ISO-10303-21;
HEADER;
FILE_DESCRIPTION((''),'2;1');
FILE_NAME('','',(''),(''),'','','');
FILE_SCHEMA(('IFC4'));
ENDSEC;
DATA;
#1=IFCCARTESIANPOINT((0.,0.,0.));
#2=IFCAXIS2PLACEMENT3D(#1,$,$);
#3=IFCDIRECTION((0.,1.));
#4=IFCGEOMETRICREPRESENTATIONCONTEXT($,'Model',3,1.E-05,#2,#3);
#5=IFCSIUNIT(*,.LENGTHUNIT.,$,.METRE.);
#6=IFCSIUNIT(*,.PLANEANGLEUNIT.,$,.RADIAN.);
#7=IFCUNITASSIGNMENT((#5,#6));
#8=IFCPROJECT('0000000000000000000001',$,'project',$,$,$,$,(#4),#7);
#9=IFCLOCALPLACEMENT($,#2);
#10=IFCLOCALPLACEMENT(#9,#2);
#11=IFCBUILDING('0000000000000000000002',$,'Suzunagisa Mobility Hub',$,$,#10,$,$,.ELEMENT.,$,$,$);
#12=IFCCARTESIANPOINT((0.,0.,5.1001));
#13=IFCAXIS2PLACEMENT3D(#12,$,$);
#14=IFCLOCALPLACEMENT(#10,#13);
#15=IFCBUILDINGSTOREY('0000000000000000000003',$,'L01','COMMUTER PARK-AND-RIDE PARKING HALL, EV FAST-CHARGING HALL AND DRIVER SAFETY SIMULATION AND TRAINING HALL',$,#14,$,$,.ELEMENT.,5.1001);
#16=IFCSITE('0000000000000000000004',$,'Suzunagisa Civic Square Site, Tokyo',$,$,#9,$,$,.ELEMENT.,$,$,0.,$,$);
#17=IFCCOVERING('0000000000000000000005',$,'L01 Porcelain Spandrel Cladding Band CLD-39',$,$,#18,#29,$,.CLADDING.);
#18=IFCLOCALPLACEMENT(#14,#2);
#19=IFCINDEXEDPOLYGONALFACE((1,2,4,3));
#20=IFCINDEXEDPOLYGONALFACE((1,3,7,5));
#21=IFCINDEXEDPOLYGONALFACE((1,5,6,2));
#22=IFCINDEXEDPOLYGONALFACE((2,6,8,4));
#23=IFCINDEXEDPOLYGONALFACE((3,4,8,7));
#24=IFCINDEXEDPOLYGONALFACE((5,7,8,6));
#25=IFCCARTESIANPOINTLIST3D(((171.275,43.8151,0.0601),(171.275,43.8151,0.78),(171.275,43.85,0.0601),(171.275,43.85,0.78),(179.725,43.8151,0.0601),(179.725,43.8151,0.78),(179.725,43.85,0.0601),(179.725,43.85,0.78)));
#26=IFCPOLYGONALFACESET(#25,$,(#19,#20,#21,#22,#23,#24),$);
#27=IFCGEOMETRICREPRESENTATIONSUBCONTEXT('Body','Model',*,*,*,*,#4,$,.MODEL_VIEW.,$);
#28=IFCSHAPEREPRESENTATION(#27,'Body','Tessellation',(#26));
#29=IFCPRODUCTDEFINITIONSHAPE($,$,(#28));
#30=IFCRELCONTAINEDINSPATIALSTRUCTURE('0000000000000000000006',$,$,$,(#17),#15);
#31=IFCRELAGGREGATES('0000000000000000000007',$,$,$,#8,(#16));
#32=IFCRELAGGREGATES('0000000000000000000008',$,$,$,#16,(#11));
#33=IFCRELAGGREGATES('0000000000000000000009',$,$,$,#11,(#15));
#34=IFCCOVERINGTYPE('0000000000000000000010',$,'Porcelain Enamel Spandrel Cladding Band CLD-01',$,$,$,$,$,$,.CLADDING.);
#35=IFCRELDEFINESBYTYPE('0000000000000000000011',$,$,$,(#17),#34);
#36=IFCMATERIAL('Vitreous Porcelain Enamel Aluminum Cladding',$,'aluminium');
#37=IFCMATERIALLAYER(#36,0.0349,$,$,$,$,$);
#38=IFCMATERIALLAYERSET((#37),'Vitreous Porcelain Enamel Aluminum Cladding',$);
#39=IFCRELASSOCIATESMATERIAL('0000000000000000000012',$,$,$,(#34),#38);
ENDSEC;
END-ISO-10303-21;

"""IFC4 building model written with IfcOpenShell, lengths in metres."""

from ifc_helpers import new_model, si_unit, direction, frame, origin, origin_2d, place, context, subcontext, project, spatial, rectangle, extrude, material, layer, layer_set, type_object, element, save


model = new_model("IFC4")

# Units and contexts
model_context = context("Model", 3, precision=1e-05, world=origin(), true_north=direction((0.0, 1.0)))
body_context = subcontext(model_context, "Body", "Model", "MODEL_VIEW")
ifc_project = project(units=[si_unit("LENGTHUNIT", "METRE"), si_unit("PLANEANGLEUNIT", "RADIAN")], contexts=[model_context])

# Site, building, storey
site_placement = place(None, origin())
site = spatial("IfcSite", under=ifc_project, at=site_placement, Name="Suzunagisa Civic Square Site, Tokyo", CompositionType="ELEMENT", RefElevation=0.0)
building_placement = place(site_placement, origin())
building = spatial("IfcBuilding", under=site, at=building_placement, Name="Suzunagisa Mobility Hub", CompositionType="ELEMENT")
storey_placement = place(building_placement, frame((0.0, 0.0, 5.1001)))
storey = spatial("IfcBuildingStorey", under=building, at=storey_placement, Name="L01", Description="COMMUTER PARK-AND-RIDE PARKING HALL, EV FAST-CHARGING HALL AND DRIVER SAFETY SIMULATION AND TRAINING HALL", CompositionType="ELEMENT", Elevation=5.1001)

# Covering
ifc_material_1 = material(Name="Vitreous Porcelain Enamel Aluminum Cladding", Category="aluminium")
ifc_layer_1 = layer(ifc_material_1, 0.0349)
ifc_layer_set_1 = layer_set([ifc_layer_1], Name="Vitreous Porcelain Enamel Aluminum Cladding")
covering_type = type_object("IfcCoveringType", Name="Porcelain Enamel Spandrel Cladding Band CLD-01", PredefinedType="CLADDING", material=ifc_layer_set_1)
covering_1_placement = place(storey_placement, frame((175.5, 43.8325, 0.0601), z_axis=(0.0, 0.0, 1.0), x_axis=(1.0, 0.0, 0.0)))
element("IfcCovering", 1, at=covering_1_placement, inside=storey, type_object=covering_type, Name="L01 Porcelain Spandrel Cladding Band CLD-39", PredefinedType="CLADDING", context=body_context, shape_type="SweptSolid", body=[
    extrude(rectangle(XDim=8.45, YDim=0.0349, at=origin_2d()), origin(), (0.0, 0.0, 1.0), 0.72),
])

save(model, "model.ifc")
